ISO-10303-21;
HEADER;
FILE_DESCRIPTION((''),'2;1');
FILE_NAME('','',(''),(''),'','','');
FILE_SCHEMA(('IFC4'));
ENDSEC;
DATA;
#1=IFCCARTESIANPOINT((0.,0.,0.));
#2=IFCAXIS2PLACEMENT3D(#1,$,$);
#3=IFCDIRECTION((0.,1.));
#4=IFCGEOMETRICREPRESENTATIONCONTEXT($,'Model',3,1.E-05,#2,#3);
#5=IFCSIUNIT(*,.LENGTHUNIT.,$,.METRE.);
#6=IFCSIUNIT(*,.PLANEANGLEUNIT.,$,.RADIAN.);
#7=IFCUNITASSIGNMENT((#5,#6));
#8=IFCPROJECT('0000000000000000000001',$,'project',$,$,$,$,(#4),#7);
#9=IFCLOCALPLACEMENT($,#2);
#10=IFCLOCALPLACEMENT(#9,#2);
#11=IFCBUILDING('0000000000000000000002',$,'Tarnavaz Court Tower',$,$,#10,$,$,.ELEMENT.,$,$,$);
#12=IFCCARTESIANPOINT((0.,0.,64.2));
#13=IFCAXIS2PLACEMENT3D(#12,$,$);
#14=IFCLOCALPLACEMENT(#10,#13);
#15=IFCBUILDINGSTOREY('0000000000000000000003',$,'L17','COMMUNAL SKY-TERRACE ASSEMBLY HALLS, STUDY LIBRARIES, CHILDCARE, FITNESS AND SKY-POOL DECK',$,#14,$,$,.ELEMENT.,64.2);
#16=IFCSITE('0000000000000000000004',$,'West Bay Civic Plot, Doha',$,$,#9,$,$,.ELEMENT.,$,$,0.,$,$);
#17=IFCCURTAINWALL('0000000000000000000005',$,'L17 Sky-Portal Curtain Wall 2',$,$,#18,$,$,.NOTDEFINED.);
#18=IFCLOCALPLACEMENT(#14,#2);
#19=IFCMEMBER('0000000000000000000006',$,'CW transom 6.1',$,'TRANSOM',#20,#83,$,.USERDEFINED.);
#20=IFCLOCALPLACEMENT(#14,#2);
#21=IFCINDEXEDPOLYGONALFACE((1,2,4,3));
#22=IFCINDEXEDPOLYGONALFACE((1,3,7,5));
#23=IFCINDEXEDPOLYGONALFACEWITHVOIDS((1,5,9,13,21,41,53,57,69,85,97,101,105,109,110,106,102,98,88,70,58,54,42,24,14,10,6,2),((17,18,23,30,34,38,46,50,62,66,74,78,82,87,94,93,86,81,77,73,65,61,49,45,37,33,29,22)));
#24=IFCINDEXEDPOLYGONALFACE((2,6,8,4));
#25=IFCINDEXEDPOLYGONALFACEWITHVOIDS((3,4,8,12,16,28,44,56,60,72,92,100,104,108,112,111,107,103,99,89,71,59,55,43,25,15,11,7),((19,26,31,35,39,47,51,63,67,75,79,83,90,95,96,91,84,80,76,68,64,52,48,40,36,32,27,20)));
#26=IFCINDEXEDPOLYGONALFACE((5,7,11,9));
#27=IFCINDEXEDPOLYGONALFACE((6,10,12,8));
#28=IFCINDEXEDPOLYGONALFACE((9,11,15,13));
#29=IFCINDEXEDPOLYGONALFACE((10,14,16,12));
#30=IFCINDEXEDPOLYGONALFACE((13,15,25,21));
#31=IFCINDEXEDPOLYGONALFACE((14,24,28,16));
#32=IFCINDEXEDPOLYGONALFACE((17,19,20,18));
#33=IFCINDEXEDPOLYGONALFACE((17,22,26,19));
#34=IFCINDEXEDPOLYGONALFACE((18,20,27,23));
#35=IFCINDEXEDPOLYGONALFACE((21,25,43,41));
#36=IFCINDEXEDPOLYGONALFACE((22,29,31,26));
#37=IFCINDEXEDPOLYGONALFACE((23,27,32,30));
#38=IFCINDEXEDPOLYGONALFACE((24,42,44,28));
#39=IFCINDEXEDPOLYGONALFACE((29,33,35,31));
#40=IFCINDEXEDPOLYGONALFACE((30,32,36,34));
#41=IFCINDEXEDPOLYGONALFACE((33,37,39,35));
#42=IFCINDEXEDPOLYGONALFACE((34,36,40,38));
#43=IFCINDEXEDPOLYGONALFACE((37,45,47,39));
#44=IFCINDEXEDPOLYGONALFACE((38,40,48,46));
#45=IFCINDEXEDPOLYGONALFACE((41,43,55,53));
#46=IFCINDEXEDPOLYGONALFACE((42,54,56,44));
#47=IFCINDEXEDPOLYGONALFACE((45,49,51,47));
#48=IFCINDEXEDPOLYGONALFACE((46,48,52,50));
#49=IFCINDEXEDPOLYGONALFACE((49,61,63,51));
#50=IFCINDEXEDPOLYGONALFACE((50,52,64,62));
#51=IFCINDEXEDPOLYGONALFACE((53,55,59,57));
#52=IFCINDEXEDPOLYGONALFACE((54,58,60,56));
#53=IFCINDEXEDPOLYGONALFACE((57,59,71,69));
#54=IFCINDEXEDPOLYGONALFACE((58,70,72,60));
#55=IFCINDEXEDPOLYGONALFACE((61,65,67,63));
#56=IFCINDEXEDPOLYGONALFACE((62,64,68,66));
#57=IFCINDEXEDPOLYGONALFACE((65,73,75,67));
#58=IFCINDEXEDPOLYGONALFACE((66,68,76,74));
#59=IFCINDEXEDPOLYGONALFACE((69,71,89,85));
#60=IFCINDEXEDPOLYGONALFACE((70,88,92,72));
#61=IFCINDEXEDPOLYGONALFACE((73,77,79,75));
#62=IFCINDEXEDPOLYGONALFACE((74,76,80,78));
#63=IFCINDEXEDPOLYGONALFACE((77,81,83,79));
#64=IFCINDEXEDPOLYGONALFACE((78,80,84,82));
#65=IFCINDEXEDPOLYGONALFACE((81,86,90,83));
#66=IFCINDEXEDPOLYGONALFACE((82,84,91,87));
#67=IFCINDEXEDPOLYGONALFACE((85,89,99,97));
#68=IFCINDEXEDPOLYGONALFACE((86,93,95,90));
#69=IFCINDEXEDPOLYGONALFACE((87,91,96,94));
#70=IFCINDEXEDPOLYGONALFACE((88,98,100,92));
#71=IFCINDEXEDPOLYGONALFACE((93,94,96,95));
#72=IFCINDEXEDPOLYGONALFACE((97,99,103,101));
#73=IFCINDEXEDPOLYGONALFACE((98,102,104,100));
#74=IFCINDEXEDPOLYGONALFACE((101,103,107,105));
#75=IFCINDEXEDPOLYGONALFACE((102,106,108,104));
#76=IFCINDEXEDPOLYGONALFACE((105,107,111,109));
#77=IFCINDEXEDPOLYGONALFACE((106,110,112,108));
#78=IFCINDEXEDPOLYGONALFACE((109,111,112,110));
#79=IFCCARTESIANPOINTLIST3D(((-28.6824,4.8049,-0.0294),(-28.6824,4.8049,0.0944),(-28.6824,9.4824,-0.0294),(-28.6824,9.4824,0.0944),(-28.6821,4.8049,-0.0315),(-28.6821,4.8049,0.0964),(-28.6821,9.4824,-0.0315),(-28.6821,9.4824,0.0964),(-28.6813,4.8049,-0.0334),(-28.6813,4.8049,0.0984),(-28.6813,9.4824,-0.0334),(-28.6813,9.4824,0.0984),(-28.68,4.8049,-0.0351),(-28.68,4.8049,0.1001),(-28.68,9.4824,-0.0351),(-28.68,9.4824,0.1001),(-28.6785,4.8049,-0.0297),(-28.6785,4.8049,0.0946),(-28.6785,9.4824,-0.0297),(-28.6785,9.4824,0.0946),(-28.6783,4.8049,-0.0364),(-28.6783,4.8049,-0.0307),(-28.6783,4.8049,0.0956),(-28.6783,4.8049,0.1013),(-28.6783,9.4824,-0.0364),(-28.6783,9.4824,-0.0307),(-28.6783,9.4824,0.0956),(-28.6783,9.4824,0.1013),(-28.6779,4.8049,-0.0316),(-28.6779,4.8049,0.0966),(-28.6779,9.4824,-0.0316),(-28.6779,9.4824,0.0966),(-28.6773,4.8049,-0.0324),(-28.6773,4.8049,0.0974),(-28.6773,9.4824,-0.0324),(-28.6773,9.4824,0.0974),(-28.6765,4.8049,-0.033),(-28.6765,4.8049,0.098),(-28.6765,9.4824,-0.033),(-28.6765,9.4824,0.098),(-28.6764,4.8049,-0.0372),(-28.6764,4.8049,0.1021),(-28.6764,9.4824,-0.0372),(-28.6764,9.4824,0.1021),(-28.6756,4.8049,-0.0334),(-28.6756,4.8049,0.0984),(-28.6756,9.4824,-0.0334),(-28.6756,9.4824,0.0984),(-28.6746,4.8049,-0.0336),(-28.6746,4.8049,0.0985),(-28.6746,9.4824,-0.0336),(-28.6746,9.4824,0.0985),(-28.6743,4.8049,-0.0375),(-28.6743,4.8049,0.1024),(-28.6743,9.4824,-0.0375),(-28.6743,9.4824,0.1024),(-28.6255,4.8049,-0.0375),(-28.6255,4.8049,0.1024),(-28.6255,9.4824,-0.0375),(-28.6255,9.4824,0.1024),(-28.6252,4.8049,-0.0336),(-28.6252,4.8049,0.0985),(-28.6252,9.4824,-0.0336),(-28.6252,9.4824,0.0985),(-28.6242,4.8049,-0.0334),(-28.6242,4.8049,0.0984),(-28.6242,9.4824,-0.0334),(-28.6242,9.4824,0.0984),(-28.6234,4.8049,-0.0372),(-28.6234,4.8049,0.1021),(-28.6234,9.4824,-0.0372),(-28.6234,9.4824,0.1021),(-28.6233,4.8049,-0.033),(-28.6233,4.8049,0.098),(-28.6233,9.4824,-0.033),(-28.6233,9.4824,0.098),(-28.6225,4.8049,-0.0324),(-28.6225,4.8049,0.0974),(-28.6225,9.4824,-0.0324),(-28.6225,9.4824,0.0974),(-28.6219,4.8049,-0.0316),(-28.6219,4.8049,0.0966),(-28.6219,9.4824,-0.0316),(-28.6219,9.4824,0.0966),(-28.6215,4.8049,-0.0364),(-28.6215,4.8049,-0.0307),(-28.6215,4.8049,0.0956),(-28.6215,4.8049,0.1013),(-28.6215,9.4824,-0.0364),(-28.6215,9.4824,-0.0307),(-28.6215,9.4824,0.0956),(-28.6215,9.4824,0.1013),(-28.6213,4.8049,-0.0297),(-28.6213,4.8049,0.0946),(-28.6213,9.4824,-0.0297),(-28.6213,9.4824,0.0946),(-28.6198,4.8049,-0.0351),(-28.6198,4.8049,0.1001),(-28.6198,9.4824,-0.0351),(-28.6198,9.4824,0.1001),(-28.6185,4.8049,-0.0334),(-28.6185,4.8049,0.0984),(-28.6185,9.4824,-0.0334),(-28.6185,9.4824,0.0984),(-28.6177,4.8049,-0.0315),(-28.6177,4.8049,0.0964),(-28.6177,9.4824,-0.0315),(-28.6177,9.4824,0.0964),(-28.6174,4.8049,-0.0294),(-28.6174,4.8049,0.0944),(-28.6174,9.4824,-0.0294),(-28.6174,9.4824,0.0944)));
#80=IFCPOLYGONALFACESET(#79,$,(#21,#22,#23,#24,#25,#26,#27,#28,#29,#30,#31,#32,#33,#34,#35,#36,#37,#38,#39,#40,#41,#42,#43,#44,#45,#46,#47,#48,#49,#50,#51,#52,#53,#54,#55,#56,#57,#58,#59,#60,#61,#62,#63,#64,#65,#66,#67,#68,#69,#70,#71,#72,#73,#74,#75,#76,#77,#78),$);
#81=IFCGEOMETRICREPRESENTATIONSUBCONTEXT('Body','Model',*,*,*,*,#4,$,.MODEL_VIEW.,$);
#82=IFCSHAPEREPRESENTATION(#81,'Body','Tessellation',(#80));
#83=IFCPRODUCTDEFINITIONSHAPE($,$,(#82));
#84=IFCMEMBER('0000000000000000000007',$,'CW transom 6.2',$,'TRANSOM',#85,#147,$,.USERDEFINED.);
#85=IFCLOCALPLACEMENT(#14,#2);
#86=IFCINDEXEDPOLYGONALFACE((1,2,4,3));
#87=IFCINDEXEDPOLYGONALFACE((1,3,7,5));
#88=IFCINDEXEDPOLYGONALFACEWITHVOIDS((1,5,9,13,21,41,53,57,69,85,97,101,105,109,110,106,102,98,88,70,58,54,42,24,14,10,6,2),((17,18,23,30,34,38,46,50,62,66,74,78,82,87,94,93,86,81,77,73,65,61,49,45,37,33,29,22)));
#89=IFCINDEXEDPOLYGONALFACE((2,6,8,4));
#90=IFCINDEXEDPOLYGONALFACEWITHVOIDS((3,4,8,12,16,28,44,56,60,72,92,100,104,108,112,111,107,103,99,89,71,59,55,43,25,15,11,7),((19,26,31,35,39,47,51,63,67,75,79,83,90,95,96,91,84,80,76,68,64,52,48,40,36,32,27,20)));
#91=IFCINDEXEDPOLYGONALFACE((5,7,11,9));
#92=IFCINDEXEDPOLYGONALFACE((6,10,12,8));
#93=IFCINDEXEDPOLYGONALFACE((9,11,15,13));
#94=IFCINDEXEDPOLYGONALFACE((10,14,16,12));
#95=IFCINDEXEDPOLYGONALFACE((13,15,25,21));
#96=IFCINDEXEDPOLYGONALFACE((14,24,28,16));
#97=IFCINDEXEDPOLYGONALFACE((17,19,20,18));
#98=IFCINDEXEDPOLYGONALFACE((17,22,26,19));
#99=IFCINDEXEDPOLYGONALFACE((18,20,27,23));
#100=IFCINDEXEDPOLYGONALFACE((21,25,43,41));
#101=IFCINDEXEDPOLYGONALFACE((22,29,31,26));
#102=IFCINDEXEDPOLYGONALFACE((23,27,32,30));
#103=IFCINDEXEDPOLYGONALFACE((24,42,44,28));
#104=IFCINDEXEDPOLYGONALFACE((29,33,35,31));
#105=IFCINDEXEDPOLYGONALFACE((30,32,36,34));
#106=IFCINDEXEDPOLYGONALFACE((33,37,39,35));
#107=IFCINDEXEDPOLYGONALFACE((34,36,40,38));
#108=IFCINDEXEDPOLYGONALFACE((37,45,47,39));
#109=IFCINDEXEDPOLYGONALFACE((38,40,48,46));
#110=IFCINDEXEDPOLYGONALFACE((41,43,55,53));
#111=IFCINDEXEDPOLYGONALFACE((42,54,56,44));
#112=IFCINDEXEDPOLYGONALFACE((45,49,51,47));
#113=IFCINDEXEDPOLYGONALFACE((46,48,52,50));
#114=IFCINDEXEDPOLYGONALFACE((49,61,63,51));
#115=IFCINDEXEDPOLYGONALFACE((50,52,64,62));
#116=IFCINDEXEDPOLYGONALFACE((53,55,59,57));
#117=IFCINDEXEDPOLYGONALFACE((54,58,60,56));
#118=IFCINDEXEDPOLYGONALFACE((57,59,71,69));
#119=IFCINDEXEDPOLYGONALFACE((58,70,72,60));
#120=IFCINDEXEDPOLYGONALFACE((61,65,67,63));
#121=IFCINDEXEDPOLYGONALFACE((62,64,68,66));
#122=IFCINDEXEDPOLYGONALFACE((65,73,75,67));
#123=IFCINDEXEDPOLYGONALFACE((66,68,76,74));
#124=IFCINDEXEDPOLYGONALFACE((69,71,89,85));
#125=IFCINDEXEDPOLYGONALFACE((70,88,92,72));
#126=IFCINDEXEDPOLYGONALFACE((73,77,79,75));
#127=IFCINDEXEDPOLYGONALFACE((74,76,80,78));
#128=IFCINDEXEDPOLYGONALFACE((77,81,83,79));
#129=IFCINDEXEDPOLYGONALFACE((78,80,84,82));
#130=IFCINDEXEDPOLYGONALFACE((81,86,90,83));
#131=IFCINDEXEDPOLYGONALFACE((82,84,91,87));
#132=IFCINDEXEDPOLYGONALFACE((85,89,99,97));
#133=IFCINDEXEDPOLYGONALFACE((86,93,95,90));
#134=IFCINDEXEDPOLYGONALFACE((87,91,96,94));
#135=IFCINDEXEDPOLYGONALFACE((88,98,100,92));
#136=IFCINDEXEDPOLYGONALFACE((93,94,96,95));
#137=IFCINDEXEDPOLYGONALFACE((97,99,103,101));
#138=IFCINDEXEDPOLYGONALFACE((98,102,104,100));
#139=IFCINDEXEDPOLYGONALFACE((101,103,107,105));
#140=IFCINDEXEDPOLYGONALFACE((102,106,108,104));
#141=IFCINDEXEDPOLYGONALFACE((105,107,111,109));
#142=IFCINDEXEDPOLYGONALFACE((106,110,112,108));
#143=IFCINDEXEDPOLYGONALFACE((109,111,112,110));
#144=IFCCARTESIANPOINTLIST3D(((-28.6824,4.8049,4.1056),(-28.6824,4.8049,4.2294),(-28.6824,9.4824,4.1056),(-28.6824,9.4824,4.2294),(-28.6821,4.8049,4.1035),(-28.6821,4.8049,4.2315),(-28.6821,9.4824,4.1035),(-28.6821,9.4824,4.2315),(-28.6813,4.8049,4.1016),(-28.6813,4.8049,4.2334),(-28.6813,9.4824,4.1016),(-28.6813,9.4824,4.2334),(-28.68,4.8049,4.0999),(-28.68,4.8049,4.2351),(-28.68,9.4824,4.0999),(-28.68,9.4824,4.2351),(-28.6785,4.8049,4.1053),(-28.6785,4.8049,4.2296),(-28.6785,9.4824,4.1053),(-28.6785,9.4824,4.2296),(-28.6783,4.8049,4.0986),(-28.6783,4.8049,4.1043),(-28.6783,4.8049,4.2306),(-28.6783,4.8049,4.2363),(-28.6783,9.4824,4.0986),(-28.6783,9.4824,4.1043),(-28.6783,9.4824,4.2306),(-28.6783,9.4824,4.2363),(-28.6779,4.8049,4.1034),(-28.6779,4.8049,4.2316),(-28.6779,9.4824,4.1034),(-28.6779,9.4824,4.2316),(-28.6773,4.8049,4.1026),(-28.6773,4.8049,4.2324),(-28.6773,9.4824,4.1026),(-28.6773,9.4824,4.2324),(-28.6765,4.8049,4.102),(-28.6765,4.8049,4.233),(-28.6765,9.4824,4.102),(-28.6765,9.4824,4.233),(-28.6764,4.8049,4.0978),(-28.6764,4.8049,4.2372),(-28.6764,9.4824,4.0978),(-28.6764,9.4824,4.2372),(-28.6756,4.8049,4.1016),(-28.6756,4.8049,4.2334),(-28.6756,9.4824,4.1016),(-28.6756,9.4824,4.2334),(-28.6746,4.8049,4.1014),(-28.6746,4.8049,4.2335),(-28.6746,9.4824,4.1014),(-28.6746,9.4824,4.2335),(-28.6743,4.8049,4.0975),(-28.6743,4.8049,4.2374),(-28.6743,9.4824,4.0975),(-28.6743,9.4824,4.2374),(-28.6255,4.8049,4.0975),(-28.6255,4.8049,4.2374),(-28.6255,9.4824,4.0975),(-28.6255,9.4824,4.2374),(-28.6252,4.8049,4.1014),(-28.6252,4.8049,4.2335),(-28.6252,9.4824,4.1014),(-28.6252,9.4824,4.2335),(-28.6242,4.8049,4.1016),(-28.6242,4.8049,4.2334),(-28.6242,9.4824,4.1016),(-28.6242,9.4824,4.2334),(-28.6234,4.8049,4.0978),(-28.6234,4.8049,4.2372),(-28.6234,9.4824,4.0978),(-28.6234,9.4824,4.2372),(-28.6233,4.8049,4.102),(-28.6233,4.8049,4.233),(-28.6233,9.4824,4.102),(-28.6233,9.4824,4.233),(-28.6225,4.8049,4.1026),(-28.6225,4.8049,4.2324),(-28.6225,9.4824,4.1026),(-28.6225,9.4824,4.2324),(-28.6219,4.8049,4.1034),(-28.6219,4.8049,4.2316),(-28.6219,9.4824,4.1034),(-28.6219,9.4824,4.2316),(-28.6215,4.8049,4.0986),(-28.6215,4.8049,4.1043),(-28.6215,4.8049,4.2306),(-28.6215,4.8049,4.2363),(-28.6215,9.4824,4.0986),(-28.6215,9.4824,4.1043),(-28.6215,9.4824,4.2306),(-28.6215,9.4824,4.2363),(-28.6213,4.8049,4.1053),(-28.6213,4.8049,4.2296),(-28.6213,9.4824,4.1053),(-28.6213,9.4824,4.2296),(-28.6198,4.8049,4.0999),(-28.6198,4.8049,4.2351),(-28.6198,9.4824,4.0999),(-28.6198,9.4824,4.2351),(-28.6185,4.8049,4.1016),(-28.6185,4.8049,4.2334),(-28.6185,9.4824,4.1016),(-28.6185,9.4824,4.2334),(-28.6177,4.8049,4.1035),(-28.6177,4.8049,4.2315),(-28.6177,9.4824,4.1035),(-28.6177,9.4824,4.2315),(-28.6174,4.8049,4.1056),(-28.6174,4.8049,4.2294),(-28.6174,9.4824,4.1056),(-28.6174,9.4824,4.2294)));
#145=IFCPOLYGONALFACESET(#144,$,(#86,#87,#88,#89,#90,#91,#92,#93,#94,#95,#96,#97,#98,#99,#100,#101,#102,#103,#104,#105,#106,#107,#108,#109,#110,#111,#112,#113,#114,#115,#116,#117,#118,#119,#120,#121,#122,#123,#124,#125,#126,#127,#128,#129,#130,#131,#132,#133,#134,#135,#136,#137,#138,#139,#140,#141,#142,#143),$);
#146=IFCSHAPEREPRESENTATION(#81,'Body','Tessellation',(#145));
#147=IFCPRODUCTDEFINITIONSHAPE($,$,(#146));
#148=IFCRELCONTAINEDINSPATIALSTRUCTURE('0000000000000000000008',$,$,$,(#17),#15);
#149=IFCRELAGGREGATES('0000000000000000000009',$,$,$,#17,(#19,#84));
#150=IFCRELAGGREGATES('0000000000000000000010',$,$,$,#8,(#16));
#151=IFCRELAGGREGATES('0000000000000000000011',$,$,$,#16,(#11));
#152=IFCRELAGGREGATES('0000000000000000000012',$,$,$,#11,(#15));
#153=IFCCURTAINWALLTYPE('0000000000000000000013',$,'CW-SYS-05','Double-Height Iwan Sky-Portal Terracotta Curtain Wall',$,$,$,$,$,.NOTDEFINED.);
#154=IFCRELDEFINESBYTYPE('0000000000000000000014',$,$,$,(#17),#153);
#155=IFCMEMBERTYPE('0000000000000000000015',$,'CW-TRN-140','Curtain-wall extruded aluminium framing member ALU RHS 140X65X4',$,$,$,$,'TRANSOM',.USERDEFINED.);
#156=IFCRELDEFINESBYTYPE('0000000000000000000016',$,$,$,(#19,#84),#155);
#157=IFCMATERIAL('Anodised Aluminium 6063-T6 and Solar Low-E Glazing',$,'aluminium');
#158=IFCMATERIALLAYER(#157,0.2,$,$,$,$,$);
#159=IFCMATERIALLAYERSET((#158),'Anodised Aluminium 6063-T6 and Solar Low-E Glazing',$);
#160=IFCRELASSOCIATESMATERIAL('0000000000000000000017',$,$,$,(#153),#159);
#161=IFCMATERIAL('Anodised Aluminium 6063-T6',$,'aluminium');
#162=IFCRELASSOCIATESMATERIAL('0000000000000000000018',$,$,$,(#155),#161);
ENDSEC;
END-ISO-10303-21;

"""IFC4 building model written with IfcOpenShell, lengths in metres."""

from ifc_helpers import new_model, si_unit, direction, frame, origin, origin_2d, place, context, subcontext, project, spatial, hollow_rectangle, extrude, material, layer, layer_set, material_profile, profile_set, type_object, element, aggregate, save


model = new_model("IFC4")

# Units and contexts
model_context = context("Model", 3, precision=1e-05, world=origin(), true_north=direction((0.0, 1.0)))
body_context = subcontext(model_context, "Body", "Model", "MODEL_VIEW")
ifc_project = project(units=[si_unit("LENGTHUNIT", "METRE"), si_unit("PLANEANGLEUNIT", "RADIAN")], contexts=[model_context])

# Site, building, storey
site_placement = place(None, origin())
site = spatial("IfcSite", under=ifc_project, at=site_placement, Name="West Bay Civic Plot, Doha", CompositionType="ELEMENT", RefElevation=0.0)
building_placement = place(site_placement, origin())
building = spatial("IfcBuilding", under=site, at=building_placement, Name="Tarnavaz Court Tower", CompositionType="ELEMENT")
storey_placement = place(building_placement, frame((0.0, 0.0, 64.2)))
storey = spatial("IfcBuildingStorey", under=building, at=storey_placement, Name="L17", Description="COMMUNAL SKY-TERRACE ASSEMBLY HALLS, STUDY LIBRARIES, CHILDCARE, FITNESS AND SKY-POOL DECK", CompositionType="ELEMENT", Elevation=64.2)

# Curtain wall, members
ifc_material_1 = material(Name="Anodised Aluminium 6063-T6 and Solar Low-E Glazing", Category="aluminium")
ifc_layer_1 = layer(ifc_material_1, 0.2)
ifc_layer_set_1 = layer_set([ifc_layer_1], Name="Anodised Aluminium 6063-T6 and Solar Low-E Glazing")
curtain_wall_type = type_object("IfcCurtainWallType", Name="CW-SYS-05", Description="Double-Height Iwan Sky-Portal Terracotta Curtain Wall", PredefinedType="NOTDEFINED", material=ifc_layer_set_1)
curtain_wall_placement = place(storey_placement, origin())
curtain_wall = element("IfcCurtainWall", 1, at=curtain_wall_placement, inside=storey, type_object=curtain_wall_type, Name="L17 Sky-Portal Curtain Wall 2", PredefinedType="NOTDEFINED")
ifc_material_2 = material(Name="Anodised Aluminium 6063-T6", Category="aluminium")
ifc_material_profile_1 = material_profile(ifc_material_2, hollow_rectangle(XDim=0.0649, YDim=0.1399, WallThickness=0.0039, InnerFilletRadius=0.0039, OuterFilletRadius=0.0081, at=origin_2d()), Name="ALU RHS 140X65X4")
ifc_profile_set_1 = profile_set([ifc_material_profile_1], Name="Anodised Aluminium 6063-T6")
member_type_1 = type_object("IfcMemberType", Name="CW-TRN-140", Description="Curtain-wall extruded aluminium framing member ALU RHS 140X65X4", ElementType="TRANSOM", PredefinedType="USERDEFINED", material=ifc_profile_set_1)
member_1_placement = place(storey_placement, frame((-28.6499, 4.8049, 0.0325), z_axis=(0.0, 1.0, 0.0), x_axis=(-1.0, 0.0, 0.0)))
member_1 = element("IfcMember", 2, at=member_1_placement, type_object=member_type_1, Name="CW transom 6.1", ObjectType="TRANSOM", PredefinedType="USERDEFINED", context=body_context, shape_type="SweptSolid", body=[
    extrude(hollow_rectangle(XDim=0.0649, YDim=0.1399, WallThickness=0.0039, InnerFilletRadius=0.0039, OuterFilletRadius=0.0081, at=origin_2d()), origin(), (0.0, 0.0, 1.0), 4.6775),
])
member_2_placement = place(storey_placement, frame((-28.6499, 4.8049, 4.1675), z_axis=(0.0, 1.0, 0.0), x_axis=(-1.0, 0.0, 0.0)))
member_2 = element("IfcMember", 3, at=member_2_placement, type_object=member_type_1, Name="CW transom 6.2", ObjectType="TRANSOM", PredefinedType="USERDEFINED", context=body_context, shape_type="SweptSolid", body=[
    extrude(hollow_rectangle(XDim=0.0649, YDim=0.1399, WallThickness=0.0039, InnerFilletRadius=0.0039, OuterFilletRadius=0.0081, at=origin_2d()), origin(), (0.0, 0.0, 1.0), 4.6775),
])
aggregate(curtain_wall, [member_1, member_2])

save(model, "model.ifc")
